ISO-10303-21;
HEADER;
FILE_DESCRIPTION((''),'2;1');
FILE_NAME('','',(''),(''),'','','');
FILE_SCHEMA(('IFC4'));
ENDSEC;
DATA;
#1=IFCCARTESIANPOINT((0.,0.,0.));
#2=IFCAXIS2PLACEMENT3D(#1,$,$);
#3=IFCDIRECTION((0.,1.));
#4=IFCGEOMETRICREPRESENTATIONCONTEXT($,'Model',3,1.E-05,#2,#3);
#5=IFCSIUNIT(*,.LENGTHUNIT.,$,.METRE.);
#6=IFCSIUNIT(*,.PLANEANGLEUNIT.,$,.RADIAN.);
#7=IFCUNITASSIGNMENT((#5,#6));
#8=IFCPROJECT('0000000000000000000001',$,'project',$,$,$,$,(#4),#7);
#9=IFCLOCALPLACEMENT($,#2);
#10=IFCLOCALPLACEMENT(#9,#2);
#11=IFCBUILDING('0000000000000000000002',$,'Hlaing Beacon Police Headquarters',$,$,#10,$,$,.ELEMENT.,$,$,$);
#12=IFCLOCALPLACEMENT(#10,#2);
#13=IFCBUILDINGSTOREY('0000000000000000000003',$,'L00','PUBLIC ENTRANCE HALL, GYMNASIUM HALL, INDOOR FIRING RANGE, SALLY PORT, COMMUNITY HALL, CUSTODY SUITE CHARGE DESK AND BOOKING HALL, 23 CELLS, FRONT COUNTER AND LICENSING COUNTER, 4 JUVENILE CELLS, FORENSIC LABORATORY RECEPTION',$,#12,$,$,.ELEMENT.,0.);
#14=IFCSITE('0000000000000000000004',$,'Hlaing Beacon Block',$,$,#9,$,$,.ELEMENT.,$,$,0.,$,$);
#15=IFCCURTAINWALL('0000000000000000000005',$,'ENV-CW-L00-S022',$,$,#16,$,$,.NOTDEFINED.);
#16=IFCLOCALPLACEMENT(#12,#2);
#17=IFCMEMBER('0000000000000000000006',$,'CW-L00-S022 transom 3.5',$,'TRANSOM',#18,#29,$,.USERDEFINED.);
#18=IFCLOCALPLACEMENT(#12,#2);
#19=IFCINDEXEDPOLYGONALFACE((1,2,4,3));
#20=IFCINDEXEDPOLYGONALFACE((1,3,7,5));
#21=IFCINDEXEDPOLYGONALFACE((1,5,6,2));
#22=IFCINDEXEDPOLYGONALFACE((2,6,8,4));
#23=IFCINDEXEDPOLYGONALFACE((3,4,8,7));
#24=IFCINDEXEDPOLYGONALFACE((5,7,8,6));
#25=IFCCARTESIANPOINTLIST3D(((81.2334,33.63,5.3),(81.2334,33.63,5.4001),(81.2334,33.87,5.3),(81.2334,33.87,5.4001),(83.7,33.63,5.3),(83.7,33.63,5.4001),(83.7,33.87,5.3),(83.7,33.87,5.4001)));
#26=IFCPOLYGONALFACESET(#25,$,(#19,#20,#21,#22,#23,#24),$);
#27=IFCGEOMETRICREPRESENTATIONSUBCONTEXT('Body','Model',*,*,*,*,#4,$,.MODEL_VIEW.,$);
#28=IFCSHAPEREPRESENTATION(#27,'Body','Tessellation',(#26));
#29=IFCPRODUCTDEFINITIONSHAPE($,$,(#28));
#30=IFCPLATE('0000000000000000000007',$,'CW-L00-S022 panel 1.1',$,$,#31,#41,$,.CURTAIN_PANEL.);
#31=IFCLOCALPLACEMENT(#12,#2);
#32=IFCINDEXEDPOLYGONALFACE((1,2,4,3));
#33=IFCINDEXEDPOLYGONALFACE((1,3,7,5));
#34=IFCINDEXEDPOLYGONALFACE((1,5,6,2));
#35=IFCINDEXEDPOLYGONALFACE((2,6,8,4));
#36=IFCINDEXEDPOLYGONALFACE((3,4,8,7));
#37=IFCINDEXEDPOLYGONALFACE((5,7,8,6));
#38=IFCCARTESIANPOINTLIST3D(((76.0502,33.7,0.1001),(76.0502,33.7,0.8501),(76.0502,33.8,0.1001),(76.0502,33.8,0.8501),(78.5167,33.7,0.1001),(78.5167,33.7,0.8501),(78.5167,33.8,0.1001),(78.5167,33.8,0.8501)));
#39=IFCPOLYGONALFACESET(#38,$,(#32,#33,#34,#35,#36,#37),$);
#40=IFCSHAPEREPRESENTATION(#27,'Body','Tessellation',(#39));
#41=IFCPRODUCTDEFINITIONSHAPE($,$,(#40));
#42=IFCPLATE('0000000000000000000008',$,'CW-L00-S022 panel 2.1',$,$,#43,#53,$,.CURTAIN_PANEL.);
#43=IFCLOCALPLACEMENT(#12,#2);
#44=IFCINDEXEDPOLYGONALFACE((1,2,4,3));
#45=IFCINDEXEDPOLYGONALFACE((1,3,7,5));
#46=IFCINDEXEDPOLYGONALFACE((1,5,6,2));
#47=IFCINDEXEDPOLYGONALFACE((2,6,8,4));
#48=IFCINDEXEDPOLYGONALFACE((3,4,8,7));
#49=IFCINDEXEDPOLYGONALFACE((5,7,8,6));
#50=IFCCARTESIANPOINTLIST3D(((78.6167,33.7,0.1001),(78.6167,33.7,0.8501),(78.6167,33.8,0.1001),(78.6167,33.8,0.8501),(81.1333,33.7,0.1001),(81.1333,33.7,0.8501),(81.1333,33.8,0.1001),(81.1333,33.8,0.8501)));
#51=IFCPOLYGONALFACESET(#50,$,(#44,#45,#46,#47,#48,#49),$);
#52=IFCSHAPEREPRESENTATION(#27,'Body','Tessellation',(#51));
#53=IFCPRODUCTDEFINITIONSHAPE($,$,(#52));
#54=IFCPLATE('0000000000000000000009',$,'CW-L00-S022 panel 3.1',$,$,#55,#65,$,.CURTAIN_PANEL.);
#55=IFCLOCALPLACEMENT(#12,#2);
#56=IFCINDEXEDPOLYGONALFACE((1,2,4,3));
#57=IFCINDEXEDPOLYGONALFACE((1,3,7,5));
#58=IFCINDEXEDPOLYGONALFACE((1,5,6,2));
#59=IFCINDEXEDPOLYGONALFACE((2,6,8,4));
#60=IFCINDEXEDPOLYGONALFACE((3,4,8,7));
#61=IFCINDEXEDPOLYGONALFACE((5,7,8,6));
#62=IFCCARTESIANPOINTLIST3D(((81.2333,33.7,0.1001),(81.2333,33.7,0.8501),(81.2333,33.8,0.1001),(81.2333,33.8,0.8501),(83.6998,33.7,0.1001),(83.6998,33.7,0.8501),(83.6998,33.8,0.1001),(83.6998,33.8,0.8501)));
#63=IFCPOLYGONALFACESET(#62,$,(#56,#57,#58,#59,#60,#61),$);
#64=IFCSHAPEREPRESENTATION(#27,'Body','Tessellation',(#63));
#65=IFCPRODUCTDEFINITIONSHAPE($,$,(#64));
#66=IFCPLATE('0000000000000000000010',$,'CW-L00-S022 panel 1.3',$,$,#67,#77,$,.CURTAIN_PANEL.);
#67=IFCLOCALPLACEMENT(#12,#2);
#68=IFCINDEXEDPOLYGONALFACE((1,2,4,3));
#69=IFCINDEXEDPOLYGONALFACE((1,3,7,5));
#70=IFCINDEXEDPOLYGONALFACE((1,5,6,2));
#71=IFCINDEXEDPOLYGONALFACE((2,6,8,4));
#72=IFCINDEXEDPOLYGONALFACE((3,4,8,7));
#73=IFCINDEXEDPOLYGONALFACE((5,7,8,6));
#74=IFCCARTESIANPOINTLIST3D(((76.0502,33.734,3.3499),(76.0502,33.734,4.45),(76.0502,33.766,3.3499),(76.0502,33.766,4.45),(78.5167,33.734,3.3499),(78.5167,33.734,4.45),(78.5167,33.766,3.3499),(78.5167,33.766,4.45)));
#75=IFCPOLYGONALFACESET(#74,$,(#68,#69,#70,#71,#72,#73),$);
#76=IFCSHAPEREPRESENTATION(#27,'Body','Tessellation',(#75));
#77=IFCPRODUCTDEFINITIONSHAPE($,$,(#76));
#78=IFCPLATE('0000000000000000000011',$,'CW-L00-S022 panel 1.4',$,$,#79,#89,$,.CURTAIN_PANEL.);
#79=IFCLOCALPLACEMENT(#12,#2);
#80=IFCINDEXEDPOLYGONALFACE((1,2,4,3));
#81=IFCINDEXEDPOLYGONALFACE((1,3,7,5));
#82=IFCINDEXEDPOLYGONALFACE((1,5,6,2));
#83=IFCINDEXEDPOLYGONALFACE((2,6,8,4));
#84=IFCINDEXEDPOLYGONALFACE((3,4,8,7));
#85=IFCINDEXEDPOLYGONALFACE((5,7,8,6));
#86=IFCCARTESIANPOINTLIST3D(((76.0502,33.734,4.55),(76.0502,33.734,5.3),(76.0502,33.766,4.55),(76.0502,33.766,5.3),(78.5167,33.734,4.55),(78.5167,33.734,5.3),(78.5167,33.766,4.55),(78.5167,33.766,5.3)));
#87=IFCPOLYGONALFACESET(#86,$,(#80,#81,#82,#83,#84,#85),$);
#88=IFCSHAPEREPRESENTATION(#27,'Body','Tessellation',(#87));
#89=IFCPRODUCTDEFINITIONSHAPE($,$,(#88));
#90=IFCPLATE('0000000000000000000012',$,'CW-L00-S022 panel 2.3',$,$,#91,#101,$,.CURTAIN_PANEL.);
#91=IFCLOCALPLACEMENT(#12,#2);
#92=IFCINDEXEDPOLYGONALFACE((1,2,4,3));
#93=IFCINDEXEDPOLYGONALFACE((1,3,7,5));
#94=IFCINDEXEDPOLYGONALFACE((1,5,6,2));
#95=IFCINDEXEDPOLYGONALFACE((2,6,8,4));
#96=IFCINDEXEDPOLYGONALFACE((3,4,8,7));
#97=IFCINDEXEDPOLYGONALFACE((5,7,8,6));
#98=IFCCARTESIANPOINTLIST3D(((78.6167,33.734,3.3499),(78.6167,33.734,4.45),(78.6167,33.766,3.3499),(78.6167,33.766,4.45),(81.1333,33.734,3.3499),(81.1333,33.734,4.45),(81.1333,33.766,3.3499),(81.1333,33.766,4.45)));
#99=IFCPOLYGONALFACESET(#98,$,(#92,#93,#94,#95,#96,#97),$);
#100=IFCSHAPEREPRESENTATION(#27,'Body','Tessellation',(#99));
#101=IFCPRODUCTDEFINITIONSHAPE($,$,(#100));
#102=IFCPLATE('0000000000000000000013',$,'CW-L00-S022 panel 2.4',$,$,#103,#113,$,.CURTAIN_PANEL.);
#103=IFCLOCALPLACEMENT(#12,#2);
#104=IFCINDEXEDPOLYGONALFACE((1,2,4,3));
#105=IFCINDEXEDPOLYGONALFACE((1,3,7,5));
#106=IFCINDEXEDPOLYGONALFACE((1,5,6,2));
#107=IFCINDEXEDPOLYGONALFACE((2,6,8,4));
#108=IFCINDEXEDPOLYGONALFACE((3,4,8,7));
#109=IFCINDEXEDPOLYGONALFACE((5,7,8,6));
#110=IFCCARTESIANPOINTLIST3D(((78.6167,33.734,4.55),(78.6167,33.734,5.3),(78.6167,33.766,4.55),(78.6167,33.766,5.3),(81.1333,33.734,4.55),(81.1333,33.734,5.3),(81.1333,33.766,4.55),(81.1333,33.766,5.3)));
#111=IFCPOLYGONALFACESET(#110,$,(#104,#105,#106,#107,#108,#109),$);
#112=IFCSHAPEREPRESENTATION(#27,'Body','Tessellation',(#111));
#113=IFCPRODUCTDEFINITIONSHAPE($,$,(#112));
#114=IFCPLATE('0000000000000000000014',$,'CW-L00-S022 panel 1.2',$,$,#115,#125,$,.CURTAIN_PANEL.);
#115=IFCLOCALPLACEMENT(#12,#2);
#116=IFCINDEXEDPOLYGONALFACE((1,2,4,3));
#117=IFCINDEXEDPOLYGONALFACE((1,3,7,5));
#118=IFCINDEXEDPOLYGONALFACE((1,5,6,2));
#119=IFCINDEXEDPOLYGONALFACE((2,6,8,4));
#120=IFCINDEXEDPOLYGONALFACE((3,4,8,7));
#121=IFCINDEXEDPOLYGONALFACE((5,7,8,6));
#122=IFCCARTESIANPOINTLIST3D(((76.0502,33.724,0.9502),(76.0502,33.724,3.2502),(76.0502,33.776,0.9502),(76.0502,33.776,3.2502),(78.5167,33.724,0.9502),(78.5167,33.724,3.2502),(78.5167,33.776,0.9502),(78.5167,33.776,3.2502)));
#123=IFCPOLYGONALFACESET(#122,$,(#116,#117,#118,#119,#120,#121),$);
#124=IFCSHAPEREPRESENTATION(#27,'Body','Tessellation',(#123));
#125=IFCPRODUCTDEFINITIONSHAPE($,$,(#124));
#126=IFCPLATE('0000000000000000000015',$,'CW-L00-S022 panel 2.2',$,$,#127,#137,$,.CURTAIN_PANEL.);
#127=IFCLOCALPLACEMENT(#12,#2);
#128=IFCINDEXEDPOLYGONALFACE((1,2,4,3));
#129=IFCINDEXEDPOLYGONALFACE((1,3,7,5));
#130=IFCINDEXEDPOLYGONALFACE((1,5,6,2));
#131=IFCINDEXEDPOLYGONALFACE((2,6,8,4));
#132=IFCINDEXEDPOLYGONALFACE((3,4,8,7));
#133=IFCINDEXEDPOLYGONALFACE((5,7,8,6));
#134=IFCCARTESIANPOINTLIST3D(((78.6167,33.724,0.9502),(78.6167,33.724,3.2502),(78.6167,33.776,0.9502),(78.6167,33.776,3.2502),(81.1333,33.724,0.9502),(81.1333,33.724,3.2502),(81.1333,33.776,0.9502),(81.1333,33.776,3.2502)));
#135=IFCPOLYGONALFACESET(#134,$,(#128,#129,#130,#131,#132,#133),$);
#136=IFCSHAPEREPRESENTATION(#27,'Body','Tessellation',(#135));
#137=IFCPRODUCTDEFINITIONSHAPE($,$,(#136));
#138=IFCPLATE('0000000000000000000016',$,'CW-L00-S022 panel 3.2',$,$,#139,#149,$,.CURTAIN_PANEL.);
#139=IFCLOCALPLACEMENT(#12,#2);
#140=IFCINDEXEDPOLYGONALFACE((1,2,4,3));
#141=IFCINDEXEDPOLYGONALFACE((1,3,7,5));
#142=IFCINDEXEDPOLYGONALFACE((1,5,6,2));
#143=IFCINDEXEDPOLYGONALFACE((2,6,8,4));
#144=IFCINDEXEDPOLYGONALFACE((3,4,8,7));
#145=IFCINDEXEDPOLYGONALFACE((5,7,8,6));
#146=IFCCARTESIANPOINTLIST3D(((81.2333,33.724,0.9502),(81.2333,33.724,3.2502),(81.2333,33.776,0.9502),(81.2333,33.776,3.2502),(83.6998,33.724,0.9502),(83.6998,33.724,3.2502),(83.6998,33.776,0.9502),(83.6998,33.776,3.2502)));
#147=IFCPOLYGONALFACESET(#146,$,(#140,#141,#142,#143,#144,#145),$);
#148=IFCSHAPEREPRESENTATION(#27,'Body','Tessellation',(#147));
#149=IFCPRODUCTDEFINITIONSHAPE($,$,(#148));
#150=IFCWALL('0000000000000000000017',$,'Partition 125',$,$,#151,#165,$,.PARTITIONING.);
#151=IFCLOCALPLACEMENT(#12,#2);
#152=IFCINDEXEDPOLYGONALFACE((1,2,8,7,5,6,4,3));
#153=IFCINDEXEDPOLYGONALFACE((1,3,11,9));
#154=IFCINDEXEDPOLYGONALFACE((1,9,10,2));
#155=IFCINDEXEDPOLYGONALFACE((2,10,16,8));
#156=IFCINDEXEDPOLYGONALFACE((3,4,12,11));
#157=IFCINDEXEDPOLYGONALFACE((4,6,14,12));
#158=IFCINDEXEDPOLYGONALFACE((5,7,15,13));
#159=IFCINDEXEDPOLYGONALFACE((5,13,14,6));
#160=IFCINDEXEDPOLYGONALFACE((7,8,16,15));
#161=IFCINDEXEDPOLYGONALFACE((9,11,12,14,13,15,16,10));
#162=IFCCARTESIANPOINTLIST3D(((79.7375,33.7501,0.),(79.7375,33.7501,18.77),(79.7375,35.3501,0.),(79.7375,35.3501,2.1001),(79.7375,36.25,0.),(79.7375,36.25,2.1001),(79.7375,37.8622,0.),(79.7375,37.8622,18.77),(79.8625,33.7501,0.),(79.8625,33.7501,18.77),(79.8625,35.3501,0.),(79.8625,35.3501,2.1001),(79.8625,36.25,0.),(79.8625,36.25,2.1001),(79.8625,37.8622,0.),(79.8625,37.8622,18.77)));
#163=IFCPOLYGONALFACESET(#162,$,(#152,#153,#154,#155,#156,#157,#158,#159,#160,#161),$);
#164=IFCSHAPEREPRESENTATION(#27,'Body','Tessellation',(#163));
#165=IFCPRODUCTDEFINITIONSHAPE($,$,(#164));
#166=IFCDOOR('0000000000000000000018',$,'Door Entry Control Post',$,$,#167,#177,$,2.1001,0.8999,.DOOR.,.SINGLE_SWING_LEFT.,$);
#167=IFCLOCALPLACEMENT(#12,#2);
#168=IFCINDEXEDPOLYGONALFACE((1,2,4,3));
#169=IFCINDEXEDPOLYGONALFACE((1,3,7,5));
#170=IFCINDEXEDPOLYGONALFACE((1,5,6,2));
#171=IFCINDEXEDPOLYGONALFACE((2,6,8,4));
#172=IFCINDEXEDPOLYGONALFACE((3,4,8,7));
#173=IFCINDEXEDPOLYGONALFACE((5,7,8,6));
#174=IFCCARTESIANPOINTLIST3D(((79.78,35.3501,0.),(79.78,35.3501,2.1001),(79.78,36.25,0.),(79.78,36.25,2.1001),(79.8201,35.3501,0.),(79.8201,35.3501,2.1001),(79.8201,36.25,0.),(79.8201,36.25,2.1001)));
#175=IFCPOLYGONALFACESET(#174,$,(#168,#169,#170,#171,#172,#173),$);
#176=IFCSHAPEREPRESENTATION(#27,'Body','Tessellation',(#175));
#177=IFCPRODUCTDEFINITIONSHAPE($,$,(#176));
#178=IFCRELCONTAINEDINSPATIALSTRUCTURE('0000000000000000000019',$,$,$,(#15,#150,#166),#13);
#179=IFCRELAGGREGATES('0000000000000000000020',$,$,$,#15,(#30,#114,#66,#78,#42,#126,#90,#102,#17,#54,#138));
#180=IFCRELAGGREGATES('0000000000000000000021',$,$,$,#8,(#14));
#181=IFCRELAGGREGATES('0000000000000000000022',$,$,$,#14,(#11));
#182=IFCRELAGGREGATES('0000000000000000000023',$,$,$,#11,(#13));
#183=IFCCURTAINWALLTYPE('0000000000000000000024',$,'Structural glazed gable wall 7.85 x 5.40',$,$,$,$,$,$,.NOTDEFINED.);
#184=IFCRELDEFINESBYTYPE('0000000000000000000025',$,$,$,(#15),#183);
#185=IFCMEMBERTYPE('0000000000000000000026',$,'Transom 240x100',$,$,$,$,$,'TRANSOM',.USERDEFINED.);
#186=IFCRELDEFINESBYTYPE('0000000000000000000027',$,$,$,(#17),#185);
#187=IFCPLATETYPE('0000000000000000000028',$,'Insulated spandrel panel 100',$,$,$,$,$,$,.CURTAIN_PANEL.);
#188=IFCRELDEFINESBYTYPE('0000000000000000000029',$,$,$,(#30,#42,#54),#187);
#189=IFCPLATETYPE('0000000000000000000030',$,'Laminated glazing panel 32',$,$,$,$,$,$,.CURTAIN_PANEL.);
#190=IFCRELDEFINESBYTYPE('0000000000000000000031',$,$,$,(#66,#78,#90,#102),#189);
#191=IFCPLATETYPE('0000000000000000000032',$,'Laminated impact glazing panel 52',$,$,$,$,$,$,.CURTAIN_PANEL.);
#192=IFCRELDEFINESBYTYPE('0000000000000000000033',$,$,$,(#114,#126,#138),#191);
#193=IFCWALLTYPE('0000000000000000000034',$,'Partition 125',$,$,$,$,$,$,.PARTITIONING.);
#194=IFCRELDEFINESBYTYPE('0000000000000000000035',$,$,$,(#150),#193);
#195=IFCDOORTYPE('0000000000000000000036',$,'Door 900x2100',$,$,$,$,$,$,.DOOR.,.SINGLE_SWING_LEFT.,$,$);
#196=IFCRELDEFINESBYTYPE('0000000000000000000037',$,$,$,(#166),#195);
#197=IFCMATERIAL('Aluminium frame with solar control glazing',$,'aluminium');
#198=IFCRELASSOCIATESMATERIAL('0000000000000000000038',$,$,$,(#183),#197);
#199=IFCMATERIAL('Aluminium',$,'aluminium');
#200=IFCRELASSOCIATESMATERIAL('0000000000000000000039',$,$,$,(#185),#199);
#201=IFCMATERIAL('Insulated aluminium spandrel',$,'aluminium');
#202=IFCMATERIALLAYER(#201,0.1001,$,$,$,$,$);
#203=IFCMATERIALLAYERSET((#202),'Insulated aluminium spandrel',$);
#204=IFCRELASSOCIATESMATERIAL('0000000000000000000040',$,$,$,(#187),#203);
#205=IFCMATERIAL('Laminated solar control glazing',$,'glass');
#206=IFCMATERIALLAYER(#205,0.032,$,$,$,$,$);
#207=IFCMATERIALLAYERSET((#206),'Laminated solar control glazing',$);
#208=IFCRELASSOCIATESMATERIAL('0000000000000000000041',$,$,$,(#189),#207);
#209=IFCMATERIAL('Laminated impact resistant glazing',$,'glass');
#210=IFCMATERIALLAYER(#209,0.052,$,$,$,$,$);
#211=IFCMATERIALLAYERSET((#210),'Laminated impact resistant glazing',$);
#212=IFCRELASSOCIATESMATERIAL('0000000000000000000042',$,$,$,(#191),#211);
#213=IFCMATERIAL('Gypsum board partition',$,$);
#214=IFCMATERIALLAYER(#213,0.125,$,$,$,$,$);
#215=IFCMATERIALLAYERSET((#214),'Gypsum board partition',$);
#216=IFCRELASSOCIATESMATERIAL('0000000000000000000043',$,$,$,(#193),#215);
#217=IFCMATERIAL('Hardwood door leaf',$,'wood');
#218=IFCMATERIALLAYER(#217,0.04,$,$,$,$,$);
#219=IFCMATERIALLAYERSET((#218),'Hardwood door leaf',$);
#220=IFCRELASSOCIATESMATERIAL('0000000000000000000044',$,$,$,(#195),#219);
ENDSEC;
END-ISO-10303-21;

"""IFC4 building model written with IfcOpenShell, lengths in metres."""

from ifc_helpers import new_model, si_unit, direction, frame, frame_2d, origin, origin_2d, place, context, subcontext, project, spatial, rectangle, extrude, material, layer, layer_set, material_profile, profile_set, type_object, element, fill, aggregate, save


model = new_model("IFC4")

# Units and contexts
model_context = context("Model", 3, precision=1e-05, world=origin(), true_north=direction((0.0, 1.0)))
body_context = subcontext(model_context, "Body", "Model", "MODEL_VIEW")
ifc_project = project(units=[si_unit("LENGTHUNIT", "METRE"), si_unit("PLANEANGLEUNIT", "RADIAN")], contexts=[model_context])

# Site, building, storey
site_placement = place(None, origin())
site = spatial("IfcSite", under=ifc_project, at=site_placement, Name="Hlaing Beacon Block", CompositionType="ELEMENT", RefElevation=0.0)
building_placement = place(site_placement, origin())
building = spatial("IfcBuilding", under=site, at=building_placement, Name="Hlaing Beacon Police Headquarters", CompositionType="ELEMENT")
storey_placement = place(building_placement, origin())
storey = spatial("IfcBuildingStorey", under=building, at=storey_placement, Name="L00", Description="PUBLIC ENTRANCE HALL, GYMNASIUM HALL, INDOOR FIRING RANGE, SALLY PORT, COMMUNITY HALL, CUSTODY SUITE CHARGE DESK AND BOOKING HALL, 23 CELLS, FRONT COUNTER AND LICENSING COUNTER, 4 JUVENILE CELLS, FORENSIC LABORATORY RECEPTION", CompositionType="ELEMENT", Elevation=0.0)

# Curtain wall, member, plates
ifc_material_1 = material(Name="Aluminium frame with solar control glazing", Category="aluminium")
curtain_wall_type = type_object("IfcCurtainWallType", Name="Structural glazed gable wall 7.85 x 5.40", PredefinedType="NOTDEFINED", material=ifc_material_1)
curtain_wall_placement = place(storey_placement, origin())
curtain_wall = element("IfcCurtainWall", 1, at=curtain_wall_placement, inside=storey, type_object=curtain_wall_type, Name="ENV-CW-L00-S022", PredefinedType="NOTDEFINED")
ifc_material_2 = material(Name="Aluminium", Category="aluminium")
ifc_material_profile_1 = material_profile(ifc_material_2, rectangle(XDim=0.24, YDim=0.1001, at=origin_2d()), Name="Transom 240x100")
ifc_profile_set_1 = profile_set([ifc_material_profile_1], Name="Aluminium")
member_type_1 = type_object("IfcMemberType", Name="Transom 240x100", ElementType="TRANSOM", PredefinedType="USERDEFINED", material=ifc_profile_set_1)
member_1_placement = place(storey_placement, frame((81.2334, 33.75, 5.3501), z_axis=(1.0, 0.0, 0.0), x_axis=(0.0, 1.0, 0.0)))
member_1 = element("IfcMember", 2, at=member_1_placement, type_object=member_type_1, Name="CW-L00-S022 transom 3.5", ObjectType="TRANSOM", PredefinedType="USERDEFINED", context=body_context, shape_type="SweptSolid", body=[
    extrude(rectangle(XDim=0.24, YDim=0.1001, at=origin_2d()), origin(), (0.0, 0.0, 1.0), 2.4666),
])
ifc_material_3 = material(Name="Insulated aluminium spandrel", Category="aluminium")
ifc_layer_1 = layer(ifc_material_3, 0.1001)
ifc_layer_set_1 = layer_set([ifc_layer_1], Name="Insulated aluminium spandrel")
plate_type_1 = type_object("IfcPlateType", Name="Insulated spandrel panel 100", PredefinedType="CURTAIN_PANEL", material=ifc_layer_set_1)
plate_1_placement = place(storey_placement, frame((77.2834, 33.75, 0.1001), z_axis=(0.0, 0.0, 1.0), x_axis=(1.0, 0.0, 0.0)))
plate_1 = element("IfcPlate", 3, at=plate_1_placement, type_object=plate_type_1, Name="CW-L00-S022 panel 1.1", PredefinedType="CURTAIN_PANEL", context=body_context, shape_type="SweptSolid", body=[
    extrude(rectangle(XDim=2.4666, YDim=0.1001, at=origin_2d()), origin(), (0.0, 0.0, 1.0), 0.75),
])
plate_2_placement = place(storey_placement, frame((79.875, 33.75, 0.1001), z_axis=(0.0, 0.0, 1.0), x_axis=(1.0, 0.0, 0.0)))
plate_2 = element("IfcPlate", 4, at=plate_2_placement, type_object=plate_type_1, Name="CW-L00-S022 panel 2.1", PredefinedType="CURTAIN_PANEL", context=body_context, shape_type="SweptSolid", body=[
    extrude(rectangle(XDim=2.5166, YDim=0.1001, at=origin_2d()), origin(), (0.0, 0.0, 1.0), 0.75),
])
plate_3_placement = place(storey_placement, frame((82.4666, 33.75, 0.1001), z_axis=(0.0, 0.0, 1.0), x_axis=(1.0, 0.0, 0.0)))
plate_3 = element("IfcPlate", 5, at=plate_3_placement, type_object=plate_type_1, Name="CW-L00-S022 panel 3.1", PredefinedType="CURTAIN_PANEL", context=body_context, shape_type="SweptSolid", body=[
    extrude(rectangle(XDim=2.4666, YDim=0.1001, at=origin_2d()), origin(), (0.0, 0.0, 1.0), 0.75),
])
ifc_material_4 = material(Name="Laminated solar control glazing", Category="glass")
ifc_layer_2 = layer(ifc_material_4, 0.032)
ifc_layer_set_2 = layer_set([ifc_layer_2], Name="Laminated solar control glazing")
plate_type_2 = type_object("IfcPlateType", Name="Laminated glazing panel 32", PredefinedType="CURTAIN_PANEL", material=ifc_layer_set_2)
plate_4_placement = place(storey_placement, frame((77.2834, 33.75, 3.3499), z_axis=(0.0, 0.0, 1.0), x_axis=(1.0, 0.0, 0.0)))
plate_4 = element("IfcPlate", 6, at=plate_4_placement, type_object=plate_type_2, Name="CW-L00-S022 panel 1.3", PredefinedType="CURTAIN_PANEL", context=body_context, shape_type="SweptSolid", body=[
    extrude(rectangle(XDim=2.4666, YDim=0.032, at=origin_2d()), origin(), (0.0, 0.0, 1.0), 1.1001),
])
plate_5_placement = place(storey_placement, frame((77.2834, 33.75, 4.55), z_axis=(0.0, 0.0, 1.0), x_axis=(1.0, 0.0, 0.0)))
plate_5 = element("IfcPlate", 7, at=plate_5_placement, type_object=plate_type_2, Name="CW-L00-S022 panel 1.4", PredefinedType="CURTAIN_PANEL", context=body_context, shape_type="SweptSolid", body=[
    extrude(rectangle(XDim=2.4666, YDim=0.032, at=origin_2d()), origin(), (0.0, 0.0, 1.0), 0.75),
])
plate_6_placement = place(storey_placement, frame((79.875, 33.75, 3.3499), z_axis=(0.0, 0.0, 1.0), x_axis=(1.0, 0.0, 0.0)))
plate_6 = element("IfcPlate", 8, at=plate_6_placement, type_object=plate_type_2, Name="CW-L00-S022 panel 2.3", PredefinedType="CURTAIN_PANEL", context=body_context, shape_type="SweptSolid", body=[
    extrude(rectangle(XDim=2.5166, YDim=0.032, at=origin_2d()), origin(), (0.0, 0.0, 1.0), 1.1001),
])
plate_7_placement = place(storey_placement, frame((79.875, 33.75, 4.55), z_axis=(0.0, 0.0, 1.0), x_axis=(1.0, 0.0, 0.0)))
plate_7 = element("IfcPlate", 9, at=plate_7_placement, type_object=plate_type_2, Name="CW-L00-S022 panel 2.4", PredefinedType="CURTAIN_PANEL", context=body_context, shape_type="SweptSolid", body=[
    extrude(rectangle(XDim=2.5166, YDim=0.032, at=origin_2d()), origin(), (0.0, 0.0, 1.0), 0.75),
])
ifc_material_5 = material(Name="Laminated impact resistant glazing", Category="glass")
ifc_layer_3 = layer(ifc_material_5, 0.052)
ifc_layer_set_3 = layer_set([ifc_layer_3], Name="Laminated impact resistant glazing")
plate_type_3 = type_object("IfcPlateType", Name="Laminated impact glazing panel 52", PredefinedType="CURTAIN_PANEL", material=ifc_layer_set_3)
plate_8_placement = place(storey_placement, frame((77.2834, 33.75, 0.9502), z_axis=(0.0, 0.0, 1.0), x_axis=(1.0, 0.0, 0.0)))
plate_8 = element("IfcPlate", 10, at=plate_8_placement, type_object=plate_type_3, Name="CW-L00-S022 panel 1.2", PredefinedType="CURTAIN_PANEL", context=body_context, shape_type="SweptSolid", body=[
    extrude(rectangle(XDim=2.4666, YDim=0.052, at=origin_2d()), origin(), (0.0, 0.0, 1.0), 2.3),
])
plate_9_placement = place(storey_placement, frame((79.875, 33.75, 0.9502), z_axis=(0.0, 0.0, 1.0), x_axis=(1.0, 0.0, 0.0)))
plate_9 = element("IfcPlate", 11, at=plate_9_placement, type_object=plate_type_3, Name="CW-L00-S022 panel 2.2", PredefinedType="CURTAIN_PANEL", context=body_context, shape_type="SweptSolid", body=[
    extrude(rectangle(XDim=2.5166, YDim=0.052, at=origin_2d()), origin(), (0.0, 0.0, 1.0), 2.3),
])
plate_10_placement = place(storey_placement, frame((82.4666, 33.75, 0.9502), z_axis=(0.0, 0.0, 1.0), x_axis=(1.0, 0.0, 0.0)))
plate_10 = element("IfcPlate", 12, at=plate_10_placement, type_object=plate_type_3, Name="CW-L00-S022 panel 3.2", PredefinedType="CURTAIN_PANEL", context=body_context, shape_type="SweptSolid", body=[
    extrude(rectangle(XDim=2.4666, YDim=0.052, at=origin_2d()), origin(), (0.0, 0.0, 1.0), 2.3),
])
aggregate(curtain_wall, [plate_1, plate_8, plate_4, plate_5, plate_2, plate_9, plate_6, plate_7, member_1, plate_3, plate_10])

# Wall, opening, door
ifc_material_6 = material(Name="Gypsum board partition")
ifc_layer_4 = layer(ifc_material_6, 0.125)
ifc_layer_set_4 = layer_set([ifc_layer_4], Name="Gypsum board partition")
wall_type = type_object("IfcWallType", Name="Partition 125", PredefinedType="PARTITIONING", material=ifc_layer_set_4)
wall_placement = place(storey_placement, frame((79.8, 33.75, 0.0), z_axis=(0.0, 0.0, 1.0), x_axis=(0.0, 1.0, 0.0)))
wall = element("IfcWall", 13, at=wall_placement, inside=storey, type_object=wall_type, Name="Partition 125", PredefinedType="PARTITIONING", context=body_context, shape_type="SweptSolid", body=[
    extrude(rectangle(XDim=4.1121, YDim=0.125, at=frame_2d((2.0562, 0.0))), origin(), (0.0, 0.0, 1.0), 18.77),
])
opening_placement = place(wall_placement, frame((1.6001, 0.0, 0.0)))
opening = element("IfcOpeningElement", 14, at=opening_placement, cuts=wall, PredefinedType="OPENING", context=body_context, shape_type="SweptSolid", body=[
    extrude(rectangle(XDim=0.8999, YDim=2.1001, at=frame_2d((0.45, 1.05))), frame((0.0, 0.0725, 0.0), z_axis=(0.0, -1.0, 0.0), x_axis=(1.0, 0.0, 0.0)), (0.0, 0.0, 1.0), 0.145),
])
ifc_material_7 = material(Name="Hardwood door leaf", Category="wood")
ifc_layer_5 = layer(ifc_material_7, 0.04)
ifc_layer_set_5 = layer_set([ifc_layer_5], Name="Hardwood door leaf")
door_type = type_object("IfcDoorType", Name="Door 900x2100", OperationType="SINGLE_SWING_LEFT", PredefinedType="DOOR", material=ifc_layer_set_5)
door_placement = place(opening_placement, frame((0.8999, 0.0, 0.0), z_axis=(0.0, 0.0, 1.0), x_axis=(-1.0, 0.0, 0.0)))
door = element("IfcDoor", 15, at=door_placement, inside=storey, type_object=door_type, Name="Door Entry Control Post", OperationType="SINGLE_SWING_LEFT", OverallHeight=2.1001, OverallWidth=0.8999, PredefinedType="DOOR", context=body_context, shape_type="SweptSolid", body=[
    extrude(rectangle(XDim=0.8999, YDim=2.1001, at=frame_2d((0.45, 1.05))), frame((0.0, 0.02, 0.0), z_axis=(0.0, -1.0, 0.0), x_axis=(1.0, 0.0, 0.0)), (0.0, 0.0, 1.0), 0.04),
])
fill(opening, door)

save(model, "model.ifc")
